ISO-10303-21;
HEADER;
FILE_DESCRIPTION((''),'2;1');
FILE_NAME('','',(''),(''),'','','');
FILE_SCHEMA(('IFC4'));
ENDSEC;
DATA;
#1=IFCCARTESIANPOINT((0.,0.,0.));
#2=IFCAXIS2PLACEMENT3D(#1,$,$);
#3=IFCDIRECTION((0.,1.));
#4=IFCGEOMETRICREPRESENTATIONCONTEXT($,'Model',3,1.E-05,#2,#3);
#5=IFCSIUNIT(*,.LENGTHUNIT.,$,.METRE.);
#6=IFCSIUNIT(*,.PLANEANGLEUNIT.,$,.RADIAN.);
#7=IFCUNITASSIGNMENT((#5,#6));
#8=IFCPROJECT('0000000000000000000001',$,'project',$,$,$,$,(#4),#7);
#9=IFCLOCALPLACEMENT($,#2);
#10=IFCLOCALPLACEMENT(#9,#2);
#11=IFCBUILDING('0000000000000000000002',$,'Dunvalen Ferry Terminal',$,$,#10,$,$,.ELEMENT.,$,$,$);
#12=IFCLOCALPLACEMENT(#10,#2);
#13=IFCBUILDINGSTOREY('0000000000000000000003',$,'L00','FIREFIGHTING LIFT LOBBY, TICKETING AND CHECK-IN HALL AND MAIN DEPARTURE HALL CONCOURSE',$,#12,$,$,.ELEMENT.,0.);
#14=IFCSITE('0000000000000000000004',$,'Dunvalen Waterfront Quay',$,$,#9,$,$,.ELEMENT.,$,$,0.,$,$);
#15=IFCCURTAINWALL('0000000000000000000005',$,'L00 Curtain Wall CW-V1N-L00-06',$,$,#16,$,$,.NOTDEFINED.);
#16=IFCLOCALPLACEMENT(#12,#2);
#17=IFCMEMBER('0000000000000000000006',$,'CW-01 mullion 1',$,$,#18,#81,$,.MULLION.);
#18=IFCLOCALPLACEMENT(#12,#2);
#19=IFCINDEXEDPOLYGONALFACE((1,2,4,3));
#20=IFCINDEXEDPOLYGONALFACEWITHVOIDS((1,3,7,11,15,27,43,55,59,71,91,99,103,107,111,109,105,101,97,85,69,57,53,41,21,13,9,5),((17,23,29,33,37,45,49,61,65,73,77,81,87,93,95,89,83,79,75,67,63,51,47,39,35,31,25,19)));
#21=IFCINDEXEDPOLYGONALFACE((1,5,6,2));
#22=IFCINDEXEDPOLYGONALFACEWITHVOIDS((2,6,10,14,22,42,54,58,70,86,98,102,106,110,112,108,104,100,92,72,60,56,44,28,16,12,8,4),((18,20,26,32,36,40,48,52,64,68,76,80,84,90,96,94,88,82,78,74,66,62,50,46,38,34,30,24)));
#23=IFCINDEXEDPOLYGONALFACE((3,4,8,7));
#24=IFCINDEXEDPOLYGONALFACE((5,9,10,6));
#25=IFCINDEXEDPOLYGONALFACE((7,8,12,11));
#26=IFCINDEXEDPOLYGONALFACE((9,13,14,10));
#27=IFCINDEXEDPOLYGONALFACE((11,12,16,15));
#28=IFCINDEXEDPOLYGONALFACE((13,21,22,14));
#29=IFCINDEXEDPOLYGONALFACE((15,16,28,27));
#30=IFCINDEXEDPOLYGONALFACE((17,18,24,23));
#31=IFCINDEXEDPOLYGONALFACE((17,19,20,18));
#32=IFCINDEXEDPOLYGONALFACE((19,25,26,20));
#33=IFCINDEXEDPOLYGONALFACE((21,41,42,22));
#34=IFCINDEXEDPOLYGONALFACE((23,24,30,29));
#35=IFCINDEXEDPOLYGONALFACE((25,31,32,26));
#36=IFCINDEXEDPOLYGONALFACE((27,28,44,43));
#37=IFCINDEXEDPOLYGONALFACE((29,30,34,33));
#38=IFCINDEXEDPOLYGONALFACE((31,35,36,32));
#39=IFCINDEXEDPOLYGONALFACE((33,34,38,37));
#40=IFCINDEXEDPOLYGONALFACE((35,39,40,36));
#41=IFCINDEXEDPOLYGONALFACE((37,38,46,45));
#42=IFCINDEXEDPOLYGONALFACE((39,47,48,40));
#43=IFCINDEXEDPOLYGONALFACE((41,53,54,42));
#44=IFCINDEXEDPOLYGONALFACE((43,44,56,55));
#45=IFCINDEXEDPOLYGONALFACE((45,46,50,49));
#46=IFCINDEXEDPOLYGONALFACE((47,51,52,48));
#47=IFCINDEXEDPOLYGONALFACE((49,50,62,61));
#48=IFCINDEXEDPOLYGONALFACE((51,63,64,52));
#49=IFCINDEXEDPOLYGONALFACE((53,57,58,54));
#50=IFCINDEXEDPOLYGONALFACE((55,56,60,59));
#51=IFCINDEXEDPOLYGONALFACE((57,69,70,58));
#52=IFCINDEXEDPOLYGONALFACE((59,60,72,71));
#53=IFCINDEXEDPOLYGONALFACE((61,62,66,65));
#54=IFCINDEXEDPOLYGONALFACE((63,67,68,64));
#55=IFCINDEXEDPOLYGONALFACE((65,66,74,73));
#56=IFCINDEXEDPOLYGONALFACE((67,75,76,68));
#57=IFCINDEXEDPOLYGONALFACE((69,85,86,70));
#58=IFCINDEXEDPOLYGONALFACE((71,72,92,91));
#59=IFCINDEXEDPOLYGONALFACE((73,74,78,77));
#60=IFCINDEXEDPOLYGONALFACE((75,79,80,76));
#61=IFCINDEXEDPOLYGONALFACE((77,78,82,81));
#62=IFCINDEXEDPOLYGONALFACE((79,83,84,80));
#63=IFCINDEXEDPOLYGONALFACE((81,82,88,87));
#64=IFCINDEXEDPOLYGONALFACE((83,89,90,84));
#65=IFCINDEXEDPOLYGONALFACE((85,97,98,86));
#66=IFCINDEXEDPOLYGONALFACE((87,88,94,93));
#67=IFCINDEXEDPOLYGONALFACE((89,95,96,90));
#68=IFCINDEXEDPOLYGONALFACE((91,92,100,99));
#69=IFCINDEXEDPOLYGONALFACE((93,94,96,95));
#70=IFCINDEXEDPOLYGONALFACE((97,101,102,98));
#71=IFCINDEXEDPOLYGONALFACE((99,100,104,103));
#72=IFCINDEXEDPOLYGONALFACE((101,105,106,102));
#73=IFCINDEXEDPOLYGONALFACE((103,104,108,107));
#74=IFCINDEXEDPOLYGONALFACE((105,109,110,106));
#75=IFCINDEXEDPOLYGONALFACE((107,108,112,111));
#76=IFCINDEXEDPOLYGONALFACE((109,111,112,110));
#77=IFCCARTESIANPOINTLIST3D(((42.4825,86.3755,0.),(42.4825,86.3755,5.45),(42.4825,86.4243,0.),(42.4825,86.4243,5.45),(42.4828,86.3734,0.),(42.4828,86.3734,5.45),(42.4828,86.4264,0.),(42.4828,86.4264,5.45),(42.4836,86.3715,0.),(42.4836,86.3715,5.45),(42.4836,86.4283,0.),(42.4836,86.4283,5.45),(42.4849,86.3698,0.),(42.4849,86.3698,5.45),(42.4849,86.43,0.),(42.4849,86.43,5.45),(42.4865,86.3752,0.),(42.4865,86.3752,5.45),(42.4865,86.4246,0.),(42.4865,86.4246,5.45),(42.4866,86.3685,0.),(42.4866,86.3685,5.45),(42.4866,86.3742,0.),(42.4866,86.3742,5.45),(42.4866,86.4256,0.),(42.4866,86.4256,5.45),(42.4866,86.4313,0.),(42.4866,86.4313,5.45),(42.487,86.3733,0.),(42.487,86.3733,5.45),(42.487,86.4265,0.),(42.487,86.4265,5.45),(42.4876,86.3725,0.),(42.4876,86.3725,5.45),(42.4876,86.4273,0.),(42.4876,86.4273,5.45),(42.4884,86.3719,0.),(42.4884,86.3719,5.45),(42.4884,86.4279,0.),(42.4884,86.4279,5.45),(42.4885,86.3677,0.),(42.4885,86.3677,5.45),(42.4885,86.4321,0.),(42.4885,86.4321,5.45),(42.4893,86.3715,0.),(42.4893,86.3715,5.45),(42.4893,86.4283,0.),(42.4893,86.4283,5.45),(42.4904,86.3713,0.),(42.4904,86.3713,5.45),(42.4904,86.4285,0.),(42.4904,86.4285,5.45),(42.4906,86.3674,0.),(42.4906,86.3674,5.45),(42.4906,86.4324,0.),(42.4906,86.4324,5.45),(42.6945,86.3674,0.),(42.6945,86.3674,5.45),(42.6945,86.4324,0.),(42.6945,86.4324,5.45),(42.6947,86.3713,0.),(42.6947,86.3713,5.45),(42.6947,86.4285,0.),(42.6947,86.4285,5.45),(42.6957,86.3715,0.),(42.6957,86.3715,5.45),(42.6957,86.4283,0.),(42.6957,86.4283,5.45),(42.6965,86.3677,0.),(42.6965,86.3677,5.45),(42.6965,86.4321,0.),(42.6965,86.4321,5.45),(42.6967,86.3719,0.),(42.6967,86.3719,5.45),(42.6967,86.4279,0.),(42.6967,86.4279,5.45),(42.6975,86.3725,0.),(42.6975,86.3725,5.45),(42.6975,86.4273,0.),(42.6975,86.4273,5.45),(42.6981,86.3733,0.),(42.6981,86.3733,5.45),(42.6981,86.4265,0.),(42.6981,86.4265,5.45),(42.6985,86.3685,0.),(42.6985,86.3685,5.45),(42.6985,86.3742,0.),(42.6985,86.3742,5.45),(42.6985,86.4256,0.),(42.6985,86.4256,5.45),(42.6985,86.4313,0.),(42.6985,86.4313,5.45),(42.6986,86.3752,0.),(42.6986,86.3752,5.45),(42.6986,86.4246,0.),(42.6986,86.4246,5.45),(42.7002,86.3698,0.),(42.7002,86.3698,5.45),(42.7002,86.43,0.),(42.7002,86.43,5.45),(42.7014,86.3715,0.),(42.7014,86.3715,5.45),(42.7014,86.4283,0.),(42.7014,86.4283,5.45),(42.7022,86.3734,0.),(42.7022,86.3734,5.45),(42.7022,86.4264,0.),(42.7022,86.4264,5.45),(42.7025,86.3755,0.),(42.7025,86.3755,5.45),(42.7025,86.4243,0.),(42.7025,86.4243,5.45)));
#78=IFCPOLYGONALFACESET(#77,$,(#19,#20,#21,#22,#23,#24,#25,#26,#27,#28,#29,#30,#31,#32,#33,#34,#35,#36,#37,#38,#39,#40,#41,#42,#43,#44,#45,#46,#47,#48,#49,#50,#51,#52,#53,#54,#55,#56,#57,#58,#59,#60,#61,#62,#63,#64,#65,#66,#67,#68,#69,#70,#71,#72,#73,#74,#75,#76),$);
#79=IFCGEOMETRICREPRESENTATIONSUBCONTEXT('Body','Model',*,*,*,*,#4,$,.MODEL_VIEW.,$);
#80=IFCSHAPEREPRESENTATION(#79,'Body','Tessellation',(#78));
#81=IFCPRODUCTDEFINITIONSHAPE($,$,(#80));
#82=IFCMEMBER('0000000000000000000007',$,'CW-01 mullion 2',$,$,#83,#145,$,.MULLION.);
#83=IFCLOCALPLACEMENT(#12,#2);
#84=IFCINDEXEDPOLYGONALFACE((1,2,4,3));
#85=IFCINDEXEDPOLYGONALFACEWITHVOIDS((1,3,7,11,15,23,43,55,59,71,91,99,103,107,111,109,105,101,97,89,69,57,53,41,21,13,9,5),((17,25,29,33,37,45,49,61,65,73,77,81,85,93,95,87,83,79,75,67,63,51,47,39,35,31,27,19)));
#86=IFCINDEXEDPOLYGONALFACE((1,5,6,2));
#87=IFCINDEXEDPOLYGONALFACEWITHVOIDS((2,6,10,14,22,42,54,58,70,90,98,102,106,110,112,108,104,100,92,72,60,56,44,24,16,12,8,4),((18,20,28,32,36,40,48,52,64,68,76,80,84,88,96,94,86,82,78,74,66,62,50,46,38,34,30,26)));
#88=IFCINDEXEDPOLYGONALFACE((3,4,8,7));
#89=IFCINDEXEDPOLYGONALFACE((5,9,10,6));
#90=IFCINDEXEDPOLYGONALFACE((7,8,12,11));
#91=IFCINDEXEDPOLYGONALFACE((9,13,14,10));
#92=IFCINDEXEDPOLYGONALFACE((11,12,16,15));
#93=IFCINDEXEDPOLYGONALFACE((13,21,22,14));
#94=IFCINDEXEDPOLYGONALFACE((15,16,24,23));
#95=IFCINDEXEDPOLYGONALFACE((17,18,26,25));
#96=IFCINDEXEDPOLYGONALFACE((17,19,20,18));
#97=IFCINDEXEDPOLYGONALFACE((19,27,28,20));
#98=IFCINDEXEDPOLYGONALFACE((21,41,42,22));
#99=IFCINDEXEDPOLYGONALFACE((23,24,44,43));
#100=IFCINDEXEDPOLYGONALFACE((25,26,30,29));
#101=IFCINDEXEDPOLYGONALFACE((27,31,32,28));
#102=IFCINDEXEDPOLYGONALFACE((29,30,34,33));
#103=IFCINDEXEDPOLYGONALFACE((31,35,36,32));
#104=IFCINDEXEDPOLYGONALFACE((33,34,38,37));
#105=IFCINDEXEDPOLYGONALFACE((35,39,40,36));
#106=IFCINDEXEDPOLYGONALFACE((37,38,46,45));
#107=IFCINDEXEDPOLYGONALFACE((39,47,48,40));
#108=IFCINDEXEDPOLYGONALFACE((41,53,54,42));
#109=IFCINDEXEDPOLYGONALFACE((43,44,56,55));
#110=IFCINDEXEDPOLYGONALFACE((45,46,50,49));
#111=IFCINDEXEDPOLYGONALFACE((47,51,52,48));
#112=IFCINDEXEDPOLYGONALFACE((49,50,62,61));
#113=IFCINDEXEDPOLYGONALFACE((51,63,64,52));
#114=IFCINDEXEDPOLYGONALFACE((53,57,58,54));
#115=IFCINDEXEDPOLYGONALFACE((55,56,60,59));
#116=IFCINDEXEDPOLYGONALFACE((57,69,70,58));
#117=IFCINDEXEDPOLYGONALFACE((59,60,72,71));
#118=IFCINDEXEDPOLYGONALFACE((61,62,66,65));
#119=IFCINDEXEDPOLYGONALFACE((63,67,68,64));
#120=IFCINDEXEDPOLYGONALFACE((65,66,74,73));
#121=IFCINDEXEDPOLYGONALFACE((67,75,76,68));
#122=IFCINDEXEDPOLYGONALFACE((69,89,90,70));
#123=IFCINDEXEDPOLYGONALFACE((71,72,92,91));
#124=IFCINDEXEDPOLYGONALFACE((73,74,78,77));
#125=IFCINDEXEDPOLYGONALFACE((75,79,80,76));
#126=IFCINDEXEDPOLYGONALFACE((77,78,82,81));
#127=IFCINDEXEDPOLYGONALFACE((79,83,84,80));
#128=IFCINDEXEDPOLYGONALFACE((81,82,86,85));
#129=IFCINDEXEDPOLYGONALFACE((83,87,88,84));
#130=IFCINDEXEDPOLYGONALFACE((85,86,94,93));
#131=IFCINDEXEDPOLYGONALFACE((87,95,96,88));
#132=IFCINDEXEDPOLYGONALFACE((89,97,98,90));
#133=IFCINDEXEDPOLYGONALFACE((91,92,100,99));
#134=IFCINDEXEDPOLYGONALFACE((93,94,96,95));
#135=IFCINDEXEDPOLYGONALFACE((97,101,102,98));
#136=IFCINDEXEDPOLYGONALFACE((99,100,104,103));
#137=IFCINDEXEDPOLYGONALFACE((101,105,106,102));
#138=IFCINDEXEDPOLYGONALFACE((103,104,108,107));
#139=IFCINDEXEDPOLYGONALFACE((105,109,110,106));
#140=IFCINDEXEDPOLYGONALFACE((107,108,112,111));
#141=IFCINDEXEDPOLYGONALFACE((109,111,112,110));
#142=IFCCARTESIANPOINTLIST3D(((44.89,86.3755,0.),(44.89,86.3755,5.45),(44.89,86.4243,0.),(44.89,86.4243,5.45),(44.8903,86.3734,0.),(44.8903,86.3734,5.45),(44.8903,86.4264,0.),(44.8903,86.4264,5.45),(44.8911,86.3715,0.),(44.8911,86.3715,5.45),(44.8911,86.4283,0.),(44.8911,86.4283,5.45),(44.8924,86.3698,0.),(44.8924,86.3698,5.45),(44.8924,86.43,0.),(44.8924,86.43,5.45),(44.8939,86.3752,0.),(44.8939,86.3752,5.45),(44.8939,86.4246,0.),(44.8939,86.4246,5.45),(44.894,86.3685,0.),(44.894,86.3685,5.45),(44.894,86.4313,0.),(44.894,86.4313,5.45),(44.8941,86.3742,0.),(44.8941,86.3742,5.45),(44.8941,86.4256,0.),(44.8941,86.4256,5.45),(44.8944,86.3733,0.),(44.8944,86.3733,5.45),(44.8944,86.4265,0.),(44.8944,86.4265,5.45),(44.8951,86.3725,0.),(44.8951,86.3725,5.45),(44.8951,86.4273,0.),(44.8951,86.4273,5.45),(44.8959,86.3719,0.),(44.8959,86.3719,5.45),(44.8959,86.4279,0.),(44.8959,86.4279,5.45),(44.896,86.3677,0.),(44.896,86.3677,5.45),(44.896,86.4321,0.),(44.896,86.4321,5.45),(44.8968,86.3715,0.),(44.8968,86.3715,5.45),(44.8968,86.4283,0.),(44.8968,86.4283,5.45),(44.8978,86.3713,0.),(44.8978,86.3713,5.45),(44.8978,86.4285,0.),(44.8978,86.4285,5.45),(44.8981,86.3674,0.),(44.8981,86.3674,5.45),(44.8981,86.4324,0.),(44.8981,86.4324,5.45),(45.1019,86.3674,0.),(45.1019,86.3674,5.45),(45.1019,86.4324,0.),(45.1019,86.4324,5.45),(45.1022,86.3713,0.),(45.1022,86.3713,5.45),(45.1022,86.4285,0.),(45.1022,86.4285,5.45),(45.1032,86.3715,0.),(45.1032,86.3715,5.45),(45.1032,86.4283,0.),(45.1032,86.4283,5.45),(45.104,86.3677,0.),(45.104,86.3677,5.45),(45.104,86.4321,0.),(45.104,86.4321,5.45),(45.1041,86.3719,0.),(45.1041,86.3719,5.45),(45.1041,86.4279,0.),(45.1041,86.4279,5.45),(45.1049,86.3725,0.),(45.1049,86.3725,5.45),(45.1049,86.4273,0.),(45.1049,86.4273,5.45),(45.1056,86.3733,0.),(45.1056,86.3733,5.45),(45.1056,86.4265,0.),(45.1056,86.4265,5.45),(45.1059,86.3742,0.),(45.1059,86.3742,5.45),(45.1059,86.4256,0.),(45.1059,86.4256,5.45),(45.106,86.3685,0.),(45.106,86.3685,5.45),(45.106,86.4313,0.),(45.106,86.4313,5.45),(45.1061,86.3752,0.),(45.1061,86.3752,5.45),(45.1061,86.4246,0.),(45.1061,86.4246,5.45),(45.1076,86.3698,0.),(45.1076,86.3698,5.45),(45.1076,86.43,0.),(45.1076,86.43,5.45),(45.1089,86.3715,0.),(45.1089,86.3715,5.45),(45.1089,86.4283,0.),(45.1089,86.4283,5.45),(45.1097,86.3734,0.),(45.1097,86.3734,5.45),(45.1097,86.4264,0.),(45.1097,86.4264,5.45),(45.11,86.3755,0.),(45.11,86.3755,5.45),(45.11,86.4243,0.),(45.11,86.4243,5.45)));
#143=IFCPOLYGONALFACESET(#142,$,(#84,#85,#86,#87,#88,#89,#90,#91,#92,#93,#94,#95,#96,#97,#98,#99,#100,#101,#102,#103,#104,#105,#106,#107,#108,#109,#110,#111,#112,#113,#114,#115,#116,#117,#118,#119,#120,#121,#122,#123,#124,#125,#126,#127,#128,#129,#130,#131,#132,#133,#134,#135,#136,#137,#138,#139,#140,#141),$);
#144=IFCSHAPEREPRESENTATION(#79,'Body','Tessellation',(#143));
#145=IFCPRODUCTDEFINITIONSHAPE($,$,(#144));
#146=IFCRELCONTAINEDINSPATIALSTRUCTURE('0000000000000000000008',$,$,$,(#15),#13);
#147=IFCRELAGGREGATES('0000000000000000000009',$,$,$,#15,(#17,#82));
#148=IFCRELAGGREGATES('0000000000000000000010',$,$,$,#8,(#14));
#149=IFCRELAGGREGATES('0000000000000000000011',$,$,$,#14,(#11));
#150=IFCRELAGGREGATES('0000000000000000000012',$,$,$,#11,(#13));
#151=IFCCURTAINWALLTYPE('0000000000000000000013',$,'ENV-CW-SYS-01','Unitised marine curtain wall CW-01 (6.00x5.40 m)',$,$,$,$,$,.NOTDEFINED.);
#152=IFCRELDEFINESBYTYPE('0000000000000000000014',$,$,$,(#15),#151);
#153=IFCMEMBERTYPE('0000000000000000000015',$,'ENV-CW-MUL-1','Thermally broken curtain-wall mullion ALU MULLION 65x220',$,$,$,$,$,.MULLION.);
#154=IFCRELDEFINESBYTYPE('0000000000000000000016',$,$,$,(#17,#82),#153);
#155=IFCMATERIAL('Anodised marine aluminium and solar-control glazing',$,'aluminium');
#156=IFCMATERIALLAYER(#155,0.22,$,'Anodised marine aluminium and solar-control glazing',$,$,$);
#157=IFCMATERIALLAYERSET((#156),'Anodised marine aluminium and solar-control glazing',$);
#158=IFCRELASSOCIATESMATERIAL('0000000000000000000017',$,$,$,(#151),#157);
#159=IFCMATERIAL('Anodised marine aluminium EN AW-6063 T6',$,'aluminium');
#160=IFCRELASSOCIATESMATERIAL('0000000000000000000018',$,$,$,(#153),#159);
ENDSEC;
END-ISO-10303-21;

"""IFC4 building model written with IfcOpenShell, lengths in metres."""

from ifc_helpers import new_model, si_unit, direction, frame, origin, origin_2d, place, context, subcontext, project, spatial, hollow_rectangle, extrude, material, layer, layer_set, material_profile, profile_set, type_object, element, aggregate, save


model = new_model("IFC4")

# Units and contexts
model_context = context("Model", 3, precision=1e-05, world=origin(), true_north=direction((0.0, 1.0)))
body_context = subcontext(model_context, "Body", "Model", "MODEL_VIEW")
ifc_project = project(units=[si_unit("LENGTHUNIT", "METRE"), si_unit("PLANEANGLEUNIT", "RADIAN")], contexts=[model_context])

# Site, building, storey
site_placement = place(None, origin())
site = spatial("IfcSite", under=ifc_project, at=site_placement, Name="Dunvalen Waterfront Quay", CompositionType="ELEMENT", RefElevation=0.0)
building_placement = place(site_placement, origin())
building = spatial("IfcBuilding", under=site, at=building_placement, Name="Dunvalen Ferry Terminal", CompositionType="ELEMENT")
storey_placement = place(building_placement, origin())
storey = spatial("IfcBuildingStorey", under=building, at=storey_placement, Name="L00", Description="FIREFIGHTING LIFT LOBBY, TICKETING AND CHECK-IN HALL AND MAIN DEPARTURE HALL CONCOURSE", CompositionType="ELEMENT", Elevation=0.0)

# Shared definitions
ifc_material_1 = material(Name="Anodised marine aluminium and solar-control glazing", Category="aluminium")
ifc_layer_1 = layer(ifc_material_1, 0.22, Name="Anodised marine aluminium and solar-control glazing")
ifc_layer_set_1 = layer_set([ifc_layer_1], Name="Anodised marine aluminium and solar-control glazing")
curtain_wall_type = type_object("IfcCurtainWallType", Name="ENV-CW-SYS-01", Description="Unitised marine curtain wall CW-01 (6.00x5.40 m)", PredefinedType="NOTDEFINED", material=ifc_layer_set_1)
ifc_material_2 = material(Name="Anodised marine aluminium EN AW-6063 T6", Category="aluminium")
ifc_material_profile_1 = material_profile(ifc_material_2, hollow_rectangle(XDim=0.0649, YDim=0.22, WallThickness=0.0039, InnerFilletRadius=0.0039, OuterFilletRadius=0.0081, at=origin_2d()), Name="Anodised marine aluminium EN AW-6063 T6")
ifc_profile_set_1 = profile_set([ifc_material_profile_1], Name="Anodised marine aluminium EN AW-6063 T6")
member_type_1 = type_object("IfcMemberType", Name="ENV-CW-MUL-1", Description="Thermally broken curtain-wall mullion ALU MULLION 65x220", PredefinedType="MULLION", material=ifc_profile_set_1)

# Curtain wall, members
curtain_wall_1_placement = place(storey_placement, origin())
curtain_wall_1 = element("IfcCurtainWall", 1, at=curtain_wall_1_placement, inside=storey, type_object=curtain_wall_type, Name="L00 Curtain Wall CW-V1N-L00-06", PredefinedType="NOTDEFINED")
member_1_placement = place(storey_placement, frame((42.5925, 86.3999, 0.0), z_axis=(0.0, 0.0, 1.0), x_axis=(0.0, 1.0, 0.0)))
member_1 = element("IfcMember", 2, at=member_1_placement, type_object=member_type_1, Name="CW-01 mullion 1", PredefinedType="MULLION", context=body_context, shape_type="SweptSolid", body=[
    extrude(hollow_rectangle(XDim=0.0649, YDim=0.22, WallThickness=0.0039, InnerFilletRadius=0.0039, OuterFilletRadius=0.0081, at=origin_2d()), origin(), (0.0, 0.0, 1.0), 5.45),
])
member_2_placement = place(storey_placement, frame((45.0, 86.3999, 0.0), z_axis=(0.0, 0.0, 1.0), x_axis=(0.0, 1.0, 0.0)))
member_2 = element("IfcMember", 3, at=member_2_placement, type_object=member_type_1, Name="CW-01 mullion 2", PredefinedType="MULLION", context=body_context, shape_type="SweptSolid", body=[
    extrude(hollow_rectangle(XDim=0.0649, YDim=0.22, WallThickness=0.0039, InnerFilletRadius=0.0039, OuterFilletRadius=0.0081, at=origin_2d()), origin(), (0.0, 0.0, 1.0), 5.45),
])
aggregate(curtain_wall_1, [member_1, member_2])

save(model, "model.ifc")
